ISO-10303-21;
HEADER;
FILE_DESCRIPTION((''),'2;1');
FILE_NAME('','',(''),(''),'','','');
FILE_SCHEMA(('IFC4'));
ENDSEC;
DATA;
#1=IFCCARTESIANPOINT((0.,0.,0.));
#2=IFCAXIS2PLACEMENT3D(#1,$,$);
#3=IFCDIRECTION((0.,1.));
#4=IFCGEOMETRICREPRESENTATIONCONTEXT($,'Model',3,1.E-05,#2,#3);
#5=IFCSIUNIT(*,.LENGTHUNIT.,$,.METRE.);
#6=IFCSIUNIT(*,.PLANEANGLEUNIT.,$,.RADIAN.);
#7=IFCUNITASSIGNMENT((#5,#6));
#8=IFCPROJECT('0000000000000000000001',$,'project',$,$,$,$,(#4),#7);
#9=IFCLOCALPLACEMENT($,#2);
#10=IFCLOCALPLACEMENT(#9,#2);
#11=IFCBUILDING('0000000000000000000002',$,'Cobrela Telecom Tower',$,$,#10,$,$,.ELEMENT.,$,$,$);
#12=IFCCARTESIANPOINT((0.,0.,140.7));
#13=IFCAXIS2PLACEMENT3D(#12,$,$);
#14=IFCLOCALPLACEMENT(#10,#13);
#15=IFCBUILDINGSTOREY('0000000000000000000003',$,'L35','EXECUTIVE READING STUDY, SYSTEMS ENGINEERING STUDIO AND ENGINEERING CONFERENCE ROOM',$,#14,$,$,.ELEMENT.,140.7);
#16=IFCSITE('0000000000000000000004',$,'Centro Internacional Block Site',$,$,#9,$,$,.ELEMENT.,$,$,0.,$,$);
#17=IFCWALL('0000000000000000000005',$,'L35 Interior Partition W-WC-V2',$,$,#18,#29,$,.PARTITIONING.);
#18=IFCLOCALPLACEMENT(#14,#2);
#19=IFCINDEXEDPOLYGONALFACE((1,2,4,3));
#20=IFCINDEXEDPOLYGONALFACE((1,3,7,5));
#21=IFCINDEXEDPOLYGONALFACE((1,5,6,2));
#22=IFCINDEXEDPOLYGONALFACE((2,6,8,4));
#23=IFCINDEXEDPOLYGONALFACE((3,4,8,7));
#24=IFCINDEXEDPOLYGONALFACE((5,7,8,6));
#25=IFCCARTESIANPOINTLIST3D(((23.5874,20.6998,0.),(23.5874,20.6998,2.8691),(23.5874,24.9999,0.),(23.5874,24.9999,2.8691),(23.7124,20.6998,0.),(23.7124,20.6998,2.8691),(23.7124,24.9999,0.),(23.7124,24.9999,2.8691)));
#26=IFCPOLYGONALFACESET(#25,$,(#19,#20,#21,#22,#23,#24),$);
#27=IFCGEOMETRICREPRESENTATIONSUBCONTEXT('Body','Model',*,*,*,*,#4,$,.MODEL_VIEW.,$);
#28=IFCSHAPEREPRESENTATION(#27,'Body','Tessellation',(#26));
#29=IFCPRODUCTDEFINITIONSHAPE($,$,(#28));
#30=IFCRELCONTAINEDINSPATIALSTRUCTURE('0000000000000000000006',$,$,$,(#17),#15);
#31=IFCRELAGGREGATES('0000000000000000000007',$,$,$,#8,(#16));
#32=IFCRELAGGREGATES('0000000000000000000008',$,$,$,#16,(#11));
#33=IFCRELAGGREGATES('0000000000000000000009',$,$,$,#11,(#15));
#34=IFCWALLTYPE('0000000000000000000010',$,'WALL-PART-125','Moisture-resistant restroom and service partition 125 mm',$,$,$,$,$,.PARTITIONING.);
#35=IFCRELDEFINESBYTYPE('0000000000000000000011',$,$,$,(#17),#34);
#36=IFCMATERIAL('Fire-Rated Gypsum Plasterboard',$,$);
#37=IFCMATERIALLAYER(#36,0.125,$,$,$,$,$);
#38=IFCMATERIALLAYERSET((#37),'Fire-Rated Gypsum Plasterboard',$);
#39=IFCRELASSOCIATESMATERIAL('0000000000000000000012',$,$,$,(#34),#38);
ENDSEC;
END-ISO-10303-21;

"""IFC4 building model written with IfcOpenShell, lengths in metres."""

from ifc_helpers import new_model, si_unit, direction, frame, frame_2d, origin, place, context, subcontext, project, spatial, rectangle, extrude, material, layer, layer_set, type_object, element, save


model = new_model("IFC4")

# Units and contexts
model_context = context("Model", 3, precision=1e-05, world=origin(), true_north=direction((0.0, 1.0)))
body_context = subcontext(model_context, "Body", "Model", "MODEL_VIEW")
ifc_project = project(units=[si_unit("LENGTHUNIT", "METRE"), si_unit("PLANEANGLEUNIT", "RADIAN")], contexts=[model_context])

# Site, building, storey
site_placement = place(None, origin())
site = spatial("IfcSite", under=ifc_project, at=site_placement, Name="Centro Internacional Block Site", CompositionType="ELEMENT", RefElevation=0.0)
building_placement = place(site_placement, origin())
building = spatial("IfcBuilding", under=site, at=building_placement, Name="Cobrela Telecom Tower", CompositionType="ELEMENT")
storey_placement = place(building_placement, frame((0.0, 0.0, 140.7)))
storey = spatial("IfcBuildingStorey", under=building, at=storey_placement, Name="L35", Description="EXECUTIVE READING STUDY, SYSTEMS ENGINEERING STUDIO AND ENGINEERING CONFERENCE ROOM", CompositionType="ELEMENT", Elevation=140.7)

# Wall
ifc_material_1 = material(Name="Fire-Rated Gypsum Plasterboard")
ifc_layer_1 = layer(ifc_material_1, 0.125)
ifc_layer_set_1 = layer_set([ifc_layer_1], Name="Fire-Rated Gypsum Plasterboard")
wall_type_1 = type_object("IfcWallType", Name="WALL-PART-125", Description="Moisture-resistant restroom and service partition 125 mm", PredefinedType="PARTITIONING", material=ifc_layer_set_1)
for number, where, z_axis, x_axis, name in (
    (1, (23.6499, 20.7, 0.0), (0.0, 0.0, 1.0), (0.0, 1.0, 0.0), "L35 Interior Partition W-WC-V2"),
):
    element("IfcWall", number, at=place(storey_placement, frame(where, z_axis=z_axis, x_axis=x_axis)), inside=storey, type_object=wall_type_1, Name=name, PredefinedType="PARTITIONING", context=body_context, shape_type="SweptSolid", body=[
        extrude(rectangle(XDim=4.3, YDim=0.125, at=frame_2d((2.1499, 0.0))), origin(), (0.0, 0.0, 1.0), 2.8691),
    ])

save(model, "model.ifc")
